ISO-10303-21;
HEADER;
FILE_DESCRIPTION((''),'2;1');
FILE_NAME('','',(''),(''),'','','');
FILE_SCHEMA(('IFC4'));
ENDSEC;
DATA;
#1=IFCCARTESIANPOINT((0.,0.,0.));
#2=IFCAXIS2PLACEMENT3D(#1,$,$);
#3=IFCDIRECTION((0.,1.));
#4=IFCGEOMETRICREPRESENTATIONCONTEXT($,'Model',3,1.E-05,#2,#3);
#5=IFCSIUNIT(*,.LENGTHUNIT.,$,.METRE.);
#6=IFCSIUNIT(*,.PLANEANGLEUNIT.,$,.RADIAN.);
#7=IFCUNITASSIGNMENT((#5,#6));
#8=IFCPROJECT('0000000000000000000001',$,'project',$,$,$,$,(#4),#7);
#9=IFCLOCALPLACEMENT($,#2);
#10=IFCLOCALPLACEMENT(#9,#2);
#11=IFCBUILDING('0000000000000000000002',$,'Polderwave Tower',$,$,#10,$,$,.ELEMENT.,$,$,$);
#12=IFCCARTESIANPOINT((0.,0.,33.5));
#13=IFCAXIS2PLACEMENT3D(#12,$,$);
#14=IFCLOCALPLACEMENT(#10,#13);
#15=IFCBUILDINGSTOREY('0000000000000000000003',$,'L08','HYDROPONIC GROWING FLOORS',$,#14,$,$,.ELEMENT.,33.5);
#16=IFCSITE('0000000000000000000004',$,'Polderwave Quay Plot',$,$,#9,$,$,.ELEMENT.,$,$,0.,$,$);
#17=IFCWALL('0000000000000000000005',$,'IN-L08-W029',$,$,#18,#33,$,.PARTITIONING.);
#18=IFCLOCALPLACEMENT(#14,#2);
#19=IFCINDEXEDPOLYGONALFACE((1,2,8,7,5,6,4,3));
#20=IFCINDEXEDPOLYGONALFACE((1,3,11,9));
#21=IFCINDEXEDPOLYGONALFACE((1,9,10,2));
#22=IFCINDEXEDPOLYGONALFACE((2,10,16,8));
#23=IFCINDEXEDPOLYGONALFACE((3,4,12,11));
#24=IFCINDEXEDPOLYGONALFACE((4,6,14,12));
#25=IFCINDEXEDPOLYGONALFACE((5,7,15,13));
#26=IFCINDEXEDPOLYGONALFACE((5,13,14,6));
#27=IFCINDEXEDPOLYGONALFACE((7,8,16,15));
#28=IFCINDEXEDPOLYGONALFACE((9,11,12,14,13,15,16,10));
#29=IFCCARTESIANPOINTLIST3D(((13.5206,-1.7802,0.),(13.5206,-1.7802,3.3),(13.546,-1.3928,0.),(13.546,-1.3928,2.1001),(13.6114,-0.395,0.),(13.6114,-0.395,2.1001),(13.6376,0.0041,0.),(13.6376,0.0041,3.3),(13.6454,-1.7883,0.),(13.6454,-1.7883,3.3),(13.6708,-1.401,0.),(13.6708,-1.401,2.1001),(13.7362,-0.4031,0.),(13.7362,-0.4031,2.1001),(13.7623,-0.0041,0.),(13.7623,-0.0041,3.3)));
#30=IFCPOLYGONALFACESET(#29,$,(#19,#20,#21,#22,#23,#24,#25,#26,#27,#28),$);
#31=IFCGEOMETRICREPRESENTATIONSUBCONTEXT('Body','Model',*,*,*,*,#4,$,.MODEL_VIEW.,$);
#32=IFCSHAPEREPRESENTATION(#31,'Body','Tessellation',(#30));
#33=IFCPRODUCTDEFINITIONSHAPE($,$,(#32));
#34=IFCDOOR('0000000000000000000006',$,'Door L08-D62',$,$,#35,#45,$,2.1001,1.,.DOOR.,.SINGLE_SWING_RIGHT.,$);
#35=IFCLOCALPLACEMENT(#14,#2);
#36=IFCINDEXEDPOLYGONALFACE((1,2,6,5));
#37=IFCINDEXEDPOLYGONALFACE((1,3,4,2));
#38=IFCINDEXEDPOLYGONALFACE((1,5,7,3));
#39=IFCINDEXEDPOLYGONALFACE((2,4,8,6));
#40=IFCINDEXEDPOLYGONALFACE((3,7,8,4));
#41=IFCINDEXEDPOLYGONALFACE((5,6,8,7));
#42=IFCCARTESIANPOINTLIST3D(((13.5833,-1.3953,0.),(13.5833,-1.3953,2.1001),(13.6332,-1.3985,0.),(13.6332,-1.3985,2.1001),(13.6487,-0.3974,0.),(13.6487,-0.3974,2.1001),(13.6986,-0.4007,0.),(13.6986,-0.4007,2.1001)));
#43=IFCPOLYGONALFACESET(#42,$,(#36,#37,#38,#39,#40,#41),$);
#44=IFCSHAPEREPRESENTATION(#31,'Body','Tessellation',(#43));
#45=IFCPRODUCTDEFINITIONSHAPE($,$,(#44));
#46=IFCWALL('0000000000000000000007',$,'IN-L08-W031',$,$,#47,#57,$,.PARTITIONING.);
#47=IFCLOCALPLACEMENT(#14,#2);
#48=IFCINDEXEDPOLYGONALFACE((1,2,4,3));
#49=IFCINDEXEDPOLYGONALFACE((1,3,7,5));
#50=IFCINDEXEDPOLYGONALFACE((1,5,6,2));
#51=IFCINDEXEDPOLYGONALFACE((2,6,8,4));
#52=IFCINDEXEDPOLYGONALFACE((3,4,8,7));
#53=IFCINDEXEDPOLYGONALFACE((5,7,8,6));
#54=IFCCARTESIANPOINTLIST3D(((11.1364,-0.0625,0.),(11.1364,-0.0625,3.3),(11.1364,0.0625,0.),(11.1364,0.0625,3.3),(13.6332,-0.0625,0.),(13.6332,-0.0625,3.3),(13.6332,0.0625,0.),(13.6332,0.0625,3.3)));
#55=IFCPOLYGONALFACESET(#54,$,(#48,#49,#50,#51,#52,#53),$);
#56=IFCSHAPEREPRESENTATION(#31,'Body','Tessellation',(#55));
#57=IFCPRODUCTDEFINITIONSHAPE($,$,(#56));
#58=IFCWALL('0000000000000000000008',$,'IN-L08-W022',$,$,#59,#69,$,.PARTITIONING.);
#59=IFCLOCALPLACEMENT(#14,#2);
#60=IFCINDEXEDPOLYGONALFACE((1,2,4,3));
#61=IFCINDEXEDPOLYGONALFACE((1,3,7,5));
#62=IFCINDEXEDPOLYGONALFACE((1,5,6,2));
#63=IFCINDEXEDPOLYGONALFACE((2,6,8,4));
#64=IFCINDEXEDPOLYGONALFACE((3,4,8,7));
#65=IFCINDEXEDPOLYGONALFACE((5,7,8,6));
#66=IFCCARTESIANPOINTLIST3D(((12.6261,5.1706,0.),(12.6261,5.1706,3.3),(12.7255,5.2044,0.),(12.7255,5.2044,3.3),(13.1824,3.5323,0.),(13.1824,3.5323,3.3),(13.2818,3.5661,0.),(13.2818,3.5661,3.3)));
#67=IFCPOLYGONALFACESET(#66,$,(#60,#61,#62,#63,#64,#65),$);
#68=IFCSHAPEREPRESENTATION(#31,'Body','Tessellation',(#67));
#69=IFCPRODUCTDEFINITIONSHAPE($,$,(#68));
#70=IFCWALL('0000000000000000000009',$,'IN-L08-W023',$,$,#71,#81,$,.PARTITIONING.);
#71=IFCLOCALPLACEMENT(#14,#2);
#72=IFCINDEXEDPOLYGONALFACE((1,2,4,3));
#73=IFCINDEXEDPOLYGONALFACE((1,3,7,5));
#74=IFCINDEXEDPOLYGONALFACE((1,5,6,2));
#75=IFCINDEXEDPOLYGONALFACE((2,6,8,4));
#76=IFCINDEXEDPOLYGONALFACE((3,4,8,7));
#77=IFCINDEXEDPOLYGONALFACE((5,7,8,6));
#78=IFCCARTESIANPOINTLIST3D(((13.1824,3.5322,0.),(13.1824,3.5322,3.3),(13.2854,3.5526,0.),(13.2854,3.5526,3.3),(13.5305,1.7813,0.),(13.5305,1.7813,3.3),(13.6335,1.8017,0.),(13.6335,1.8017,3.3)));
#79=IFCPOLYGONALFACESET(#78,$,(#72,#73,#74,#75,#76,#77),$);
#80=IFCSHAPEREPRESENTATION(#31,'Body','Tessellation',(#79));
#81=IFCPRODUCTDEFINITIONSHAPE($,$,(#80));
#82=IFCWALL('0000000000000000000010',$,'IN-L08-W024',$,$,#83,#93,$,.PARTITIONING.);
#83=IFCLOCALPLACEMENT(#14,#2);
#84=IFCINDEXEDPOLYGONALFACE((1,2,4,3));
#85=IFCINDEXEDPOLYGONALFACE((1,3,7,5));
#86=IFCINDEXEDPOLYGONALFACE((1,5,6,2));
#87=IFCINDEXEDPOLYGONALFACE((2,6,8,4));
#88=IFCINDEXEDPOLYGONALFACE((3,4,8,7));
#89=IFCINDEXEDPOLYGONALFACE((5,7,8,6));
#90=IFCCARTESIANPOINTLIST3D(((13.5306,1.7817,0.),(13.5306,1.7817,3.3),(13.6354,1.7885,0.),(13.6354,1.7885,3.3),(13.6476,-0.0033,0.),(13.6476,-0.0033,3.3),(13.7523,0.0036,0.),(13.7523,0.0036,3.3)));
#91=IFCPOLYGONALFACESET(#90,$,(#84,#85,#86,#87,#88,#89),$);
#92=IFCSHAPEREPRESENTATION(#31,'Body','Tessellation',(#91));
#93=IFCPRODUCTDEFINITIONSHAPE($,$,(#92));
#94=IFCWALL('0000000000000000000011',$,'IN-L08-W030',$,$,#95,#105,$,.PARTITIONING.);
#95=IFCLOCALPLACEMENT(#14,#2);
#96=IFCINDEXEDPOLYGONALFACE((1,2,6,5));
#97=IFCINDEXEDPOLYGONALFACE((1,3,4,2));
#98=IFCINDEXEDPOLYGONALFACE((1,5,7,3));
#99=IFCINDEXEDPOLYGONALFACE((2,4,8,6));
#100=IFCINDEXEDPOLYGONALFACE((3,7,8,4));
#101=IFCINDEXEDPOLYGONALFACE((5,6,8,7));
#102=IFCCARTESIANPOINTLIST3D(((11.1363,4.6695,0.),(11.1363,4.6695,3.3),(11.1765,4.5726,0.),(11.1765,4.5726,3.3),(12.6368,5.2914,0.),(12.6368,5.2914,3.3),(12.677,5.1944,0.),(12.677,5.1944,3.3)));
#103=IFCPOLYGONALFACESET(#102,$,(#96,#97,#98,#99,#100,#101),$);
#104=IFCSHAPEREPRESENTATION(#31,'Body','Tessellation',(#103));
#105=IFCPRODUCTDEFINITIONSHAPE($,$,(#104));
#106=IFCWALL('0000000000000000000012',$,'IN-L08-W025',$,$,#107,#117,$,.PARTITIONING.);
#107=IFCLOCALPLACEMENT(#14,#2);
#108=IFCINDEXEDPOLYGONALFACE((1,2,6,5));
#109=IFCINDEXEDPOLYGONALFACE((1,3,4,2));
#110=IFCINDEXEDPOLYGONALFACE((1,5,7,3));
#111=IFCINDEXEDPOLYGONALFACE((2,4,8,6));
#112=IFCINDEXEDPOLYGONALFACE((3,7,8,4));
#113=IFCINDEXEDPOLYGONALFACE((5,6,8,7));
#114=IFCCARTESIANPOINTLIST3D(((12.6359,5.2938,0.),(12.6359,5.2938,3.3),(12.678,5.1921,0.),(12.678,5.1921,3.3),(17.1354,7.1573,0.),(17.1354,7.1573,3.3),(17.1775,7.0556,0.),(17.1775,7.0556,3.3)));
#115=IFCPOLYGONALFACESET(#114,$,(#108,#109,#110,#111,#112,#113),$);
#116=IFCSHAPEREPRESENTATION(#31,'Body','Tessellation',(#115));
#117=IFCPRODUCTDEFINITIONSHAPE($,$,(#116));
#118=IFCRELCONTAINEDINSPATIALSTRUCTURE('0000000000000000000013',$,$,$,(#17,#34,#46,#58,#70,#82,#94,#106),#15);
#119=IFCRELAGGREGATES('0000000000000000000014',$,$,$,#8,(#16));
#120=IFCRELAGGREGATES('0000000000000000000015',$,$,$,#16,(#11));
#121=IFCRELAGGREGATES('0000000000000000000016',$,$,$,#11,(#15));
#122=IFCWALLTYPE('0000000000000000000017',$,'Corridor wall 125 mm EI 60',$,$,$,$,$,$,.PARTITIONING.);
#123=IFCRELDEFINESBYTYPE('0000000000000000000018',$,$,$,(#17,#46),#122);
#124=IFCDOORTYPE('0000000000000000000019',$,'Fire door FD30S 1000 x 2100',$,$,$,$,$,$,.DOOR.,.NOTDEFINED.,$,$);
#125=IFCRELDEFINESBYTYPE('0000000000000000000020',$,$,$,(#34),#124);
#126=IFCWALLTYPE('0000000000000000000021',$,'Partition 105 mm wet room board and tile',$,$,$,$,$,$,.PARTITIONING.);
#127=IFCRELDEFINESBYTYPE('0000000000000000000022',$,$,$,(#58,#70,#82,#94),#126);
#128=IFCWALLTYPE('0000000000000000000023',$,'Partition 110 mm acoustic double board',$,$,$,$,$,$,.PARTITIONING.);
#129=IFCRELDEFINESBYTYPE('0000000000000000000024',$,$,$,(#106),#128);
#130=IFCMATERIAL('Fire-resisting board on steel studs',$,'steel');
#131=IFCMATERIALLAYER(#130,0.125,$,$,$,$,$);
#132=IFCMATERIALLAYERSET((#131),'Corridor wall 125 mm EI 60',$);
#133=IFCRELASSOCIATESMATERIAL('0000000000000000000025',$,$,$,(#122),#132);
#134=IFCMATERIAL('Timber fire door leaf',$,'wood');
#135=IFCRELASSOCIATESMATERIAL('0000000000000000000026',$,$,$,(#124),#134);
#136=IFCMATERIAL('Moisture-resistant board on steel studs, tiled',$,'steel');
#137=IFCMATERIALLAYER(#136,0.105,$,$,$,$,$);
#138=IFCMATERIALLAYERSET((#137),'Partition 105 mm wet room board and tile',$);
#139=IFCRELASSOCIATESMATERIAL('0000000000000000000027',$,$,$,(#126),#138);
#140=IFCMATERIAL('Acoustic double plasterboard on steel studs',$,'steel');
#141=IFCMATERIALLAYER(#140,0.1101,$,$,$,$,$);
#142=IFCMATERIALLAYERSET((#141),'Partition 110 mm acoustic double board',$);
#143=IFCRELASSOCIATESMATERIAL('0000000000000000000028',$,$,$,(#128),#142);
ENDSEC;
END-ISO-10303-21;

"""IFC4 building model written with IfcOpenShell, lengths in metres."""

from ifc_helpers import new_model, si_unit, direction, frame, frame_2d, origin, place, context, subcontext, project, spatial, rectangle, extrude, material, layer, layer_set, type_object, element, fill, save


model = new_model("IFC4")

# Units and contexts
model_context = context("Model", 3, precision=1e-05, world=origin(), true_north=direction((0.0, 1.0)))
body_context = subcontext(model_context, "Body", "Model", "MODEL_VIEW")
ifc_project = project(units=[si_unit("LENGTHUNIT", "METRE"), si_unit("PLANEANGLEUNIT", "RADIAN")], contexts=[model_context])

# Site, building, storey
site_placement = place(None, origin())
site = spatial("IfcSite", under=ifc_project, at=site_placement, Name="Polderwave Quay Plot", CompositionType="ELEMENT", RefElevation=0.0)
building_placement = place(site_placement, origin())
building = spatial("IfcBuilding", under=site, at=building_placement, Name="Polderwave Tower", CompositionType="ELEMENT")
storey_placement = place(building_placement, frame((0.0, 0.0, 33.5)))
storey = spatial("IfcBuildingStorey", under=building, at=storey_placement, Name="L08", Description="HYDROPONIC GROWING FLOORS", CompositionType="ELEMENT", Elevation=33.5)

# Wall, opening, door
ifc_material_1 = material(Name="Fire-resisting board on steel studs", Category="steel")
ifc_layer_1 = layer(ifc_material_1, 0.125)
ifc_layer_set_1 = layer_set([ifc_layer_1], Name="Corridor wall 125 mm EI 60")
wall_type_1 = type_object("IfcWallType", Name="Corridor wall 125 mm EI 60", PredefinedType="PARTITIONING", material=ifc_layer_set_1)
wall_1_placement = place(storey_placement, frame((13.7, 0.0, 0.0), z_axis=(0.0, 0.0, 1.0), x_axis=(-0.065404, -0.997859, 0.0)))
wall_1 = element("IfcWall", 1, at=wall_1_placement, inside=storey, type_object=wall_type_1, Name="IN-L08-W029", PredefinedType="PARTITIONING", context=body_context, shape_type="SweptSolid", body=[
    extrude(rectangle(XDim=1.7881, YDim=0.125, at=frame_2d((0.894, 0.0))), origin(), (0.0, 0.0, 1.0), 3.3),
])
opening_placement = place(wall_1_placement, frame((0.3999, 0.0, 0.0)))
opening = element("IfcOpeningElement", 2, at=opening_placement, cuts=wall_1, PredefinedType="OPENING", context=body_context, shape_type="SweptSolid", body=[
    extrude(rectangle(XDim=1.0, YDim=2.1001, at=frame_2d((0.5, 1.05))), frame((0.0, 0.0725, 0.0), z_axis=(0.0, -1.0, 0.0), x_axis=(1.0, 0.0, 0.0)), (0.0, 0.0, 1.0), 0.145),
])
ifc_material_2 = material(Name="Timber fire door leaf", Category="wood")
door_type = type_object("IfcDoorType", Name="Fire door FD30S 1000 x 2100", OperationType="NOTDEFINED", PredefinedType="DOOR", material=ifc_material_2)
door_placement = place(opening_placement, origin())
door = element("IfcDoor", 3, at=door_placement, inside=storey, type_object=door_type, Name="Door L08-D62", OperationType="SINGLE_SWING_RIGHT", OverallHeight=2.1001, OverallWidth=1.0, PredefinedType="DOOR", context=body_context, shape_type="SweptSolid", body=[
    extrude(rectangle(XDim=1.0, YDim=2.1001, at=frame_2d((0.5, 1.05))), frame((0.0, 0.0249, 0.0), z_axis=(0.0, -1.0, 0.0), x_axis=(1.0, 0.0, 0.0)), (0.0, 0.0, 1.0), 0.05),
])
fill(opening, door)

# Walls
wall_2_placement = place(storey_placement, frame((13.6333, 0.0, 0.0), z_axis=(0.0, 0.0, 1.0), x_axis=(-1.0, 0.0, 0.0)))
element("IfcWall", 4, at=wall_2_placement, inside=storey, type_object=wall_type_1, Name="IN-L08-W031", PredefinedType="PARTITIONING", context=body_context, shape_type="SweptSolid", body=[
    extrude(rectangle(XDim=2.4968, YDim=0.125, at=frame_2d((1.2485, 0.0))), origin(), (0.0, 0.0, 1.0), 3.3),
])
ifc_material_3 = material(Name="Moisture-resistant board on steel studs, tiled", Category="steel")
ifc_layer_2 = layer(ifc_material_3, 0.105)
ifc_layer_set_2 = layer_set([ifc_layer_2], Name="Partition 105 mm wet room board and tile")
wall_type_2 = type_object("IfcWallType", Name="Partition 105 mm wet room board and tile", PredefinedType="PARTITIONING", material=ifc_layer_set_2)
wall_3_placement = place(storey_placement, frame((13.2322, 3.5491, 0.0), z_axis=(0.0, 0.0, 1.0), x_axis=(-0.321556, 0.946891, 0.0)))
element("IfcWall", 5, at=wall_3_placement, inside=storey, type_object=wall_type_2, Name="IN-L08-W022", PredefinedType="PARTITIONING", context=body_context, shape_type="SweptSolid", body=[
    extrude(rectangle(XDim=1.7302, YDim=0.105, at=frame_2d((0.8652, 0.0))), origin(), (0.0, 0.0, 1.0), 3.3),
])
wall_4_placement = place(storey_placement, frame((13.582, 1.7915, 0.0), z_axis=(0.0, 0.0, 1.0), x_axis=(-0.195011, 0.980801, 0.0)))
element("IfcWall", 6, at=wall_4_placement, inside=storey, type_object=wall_type_2, Name="IN-L08-W023", PredefinedType="PARTITIONING", context=body_context, shape_type="SweptSolid", body=[
    extrude(rectangle(XDim=1.7852, YDim=0.105, at=frame_2d((0.8926, 0.0))), origin(), (0.0, 0.0, 1.0), 3.3),
])
wall_5_placement = place(storey_placement, frame((13.7, 0.0, 0.0), z_axis=(0.0, 0.0, 1.0), x_axis=(-0.065378, 0.997861, 0.0)))
element("IfcWall", 7, at=wall_5_placement, inside=storey, type_object=wall_type_2, Name="IN-L08-W024", PredefinedType="PARTITIONING", context=body_context, shape_type="SweptSolid", body=[
    extrude(rectangle(XDim=1.7888, YDim=0.105, at=frame_2d((0.8945, 0.0))), origin(), (0.0, 0.0, 1.0), 3.3),
])
wall_6_placement = place(storey_placement, frame((11.1565, 4.6211, 0.0), z_axis=(0.0, 0.0, 1.0), x_axis=(0.923813, 0.382843, 0.0)))
element("IfcWall", 8, at=wall_6_placement, inside=storey, type_object=wall_type_2, Name="IN-L08-W030", PredefinedType="PARTITIONING", context=body_context, shape_type="SweptSolid", body=[
    extrude(rectangle(XDim=1.6243, YDim=0.105, at=frame_2d((0.812, 0.0))), origin(), (0.0, 0.0, 1.0), 3.3),
])
ifc_material_4 = material(Name="Acoustic double plasterboard on steel studs", Category="steel")
ifc_layer_3 = layer(ifc_material_4, 0.1101)
ifc_layer_set_3 = layer_set([ifc_layer_3], Name="Partition 110 mm acoustic double board")
wall_type_3 = type_object("IfcWallType", Name="Partition 110 mm acoustic double board", PredefinedType="PARTITIONING", material=ifc_layer_set_3)
wall_7_placement = place(storey_placement, frame((12.657, 5.2429, 0.0), z_axis=(0.0, 0.0, 1.0), x_axis=(0.923896, 0.382643, 0.0)))
element("IfcWall", 9, at=wall_7_placement, inside=storey, type_object=wall_type_3, Name="IN-L08-W025", PredefinedType="PARTITIONING", context=body_context, shape_type="SweptSolid", body=[
    extrude(rectangle(XDim=4.8701, YDim=0.1101, at=frame_2d((2.4351, 0.0))), origin(), (0.0, 0.0, 1.0), 3.3),
])

save(model, "model.ifc")
